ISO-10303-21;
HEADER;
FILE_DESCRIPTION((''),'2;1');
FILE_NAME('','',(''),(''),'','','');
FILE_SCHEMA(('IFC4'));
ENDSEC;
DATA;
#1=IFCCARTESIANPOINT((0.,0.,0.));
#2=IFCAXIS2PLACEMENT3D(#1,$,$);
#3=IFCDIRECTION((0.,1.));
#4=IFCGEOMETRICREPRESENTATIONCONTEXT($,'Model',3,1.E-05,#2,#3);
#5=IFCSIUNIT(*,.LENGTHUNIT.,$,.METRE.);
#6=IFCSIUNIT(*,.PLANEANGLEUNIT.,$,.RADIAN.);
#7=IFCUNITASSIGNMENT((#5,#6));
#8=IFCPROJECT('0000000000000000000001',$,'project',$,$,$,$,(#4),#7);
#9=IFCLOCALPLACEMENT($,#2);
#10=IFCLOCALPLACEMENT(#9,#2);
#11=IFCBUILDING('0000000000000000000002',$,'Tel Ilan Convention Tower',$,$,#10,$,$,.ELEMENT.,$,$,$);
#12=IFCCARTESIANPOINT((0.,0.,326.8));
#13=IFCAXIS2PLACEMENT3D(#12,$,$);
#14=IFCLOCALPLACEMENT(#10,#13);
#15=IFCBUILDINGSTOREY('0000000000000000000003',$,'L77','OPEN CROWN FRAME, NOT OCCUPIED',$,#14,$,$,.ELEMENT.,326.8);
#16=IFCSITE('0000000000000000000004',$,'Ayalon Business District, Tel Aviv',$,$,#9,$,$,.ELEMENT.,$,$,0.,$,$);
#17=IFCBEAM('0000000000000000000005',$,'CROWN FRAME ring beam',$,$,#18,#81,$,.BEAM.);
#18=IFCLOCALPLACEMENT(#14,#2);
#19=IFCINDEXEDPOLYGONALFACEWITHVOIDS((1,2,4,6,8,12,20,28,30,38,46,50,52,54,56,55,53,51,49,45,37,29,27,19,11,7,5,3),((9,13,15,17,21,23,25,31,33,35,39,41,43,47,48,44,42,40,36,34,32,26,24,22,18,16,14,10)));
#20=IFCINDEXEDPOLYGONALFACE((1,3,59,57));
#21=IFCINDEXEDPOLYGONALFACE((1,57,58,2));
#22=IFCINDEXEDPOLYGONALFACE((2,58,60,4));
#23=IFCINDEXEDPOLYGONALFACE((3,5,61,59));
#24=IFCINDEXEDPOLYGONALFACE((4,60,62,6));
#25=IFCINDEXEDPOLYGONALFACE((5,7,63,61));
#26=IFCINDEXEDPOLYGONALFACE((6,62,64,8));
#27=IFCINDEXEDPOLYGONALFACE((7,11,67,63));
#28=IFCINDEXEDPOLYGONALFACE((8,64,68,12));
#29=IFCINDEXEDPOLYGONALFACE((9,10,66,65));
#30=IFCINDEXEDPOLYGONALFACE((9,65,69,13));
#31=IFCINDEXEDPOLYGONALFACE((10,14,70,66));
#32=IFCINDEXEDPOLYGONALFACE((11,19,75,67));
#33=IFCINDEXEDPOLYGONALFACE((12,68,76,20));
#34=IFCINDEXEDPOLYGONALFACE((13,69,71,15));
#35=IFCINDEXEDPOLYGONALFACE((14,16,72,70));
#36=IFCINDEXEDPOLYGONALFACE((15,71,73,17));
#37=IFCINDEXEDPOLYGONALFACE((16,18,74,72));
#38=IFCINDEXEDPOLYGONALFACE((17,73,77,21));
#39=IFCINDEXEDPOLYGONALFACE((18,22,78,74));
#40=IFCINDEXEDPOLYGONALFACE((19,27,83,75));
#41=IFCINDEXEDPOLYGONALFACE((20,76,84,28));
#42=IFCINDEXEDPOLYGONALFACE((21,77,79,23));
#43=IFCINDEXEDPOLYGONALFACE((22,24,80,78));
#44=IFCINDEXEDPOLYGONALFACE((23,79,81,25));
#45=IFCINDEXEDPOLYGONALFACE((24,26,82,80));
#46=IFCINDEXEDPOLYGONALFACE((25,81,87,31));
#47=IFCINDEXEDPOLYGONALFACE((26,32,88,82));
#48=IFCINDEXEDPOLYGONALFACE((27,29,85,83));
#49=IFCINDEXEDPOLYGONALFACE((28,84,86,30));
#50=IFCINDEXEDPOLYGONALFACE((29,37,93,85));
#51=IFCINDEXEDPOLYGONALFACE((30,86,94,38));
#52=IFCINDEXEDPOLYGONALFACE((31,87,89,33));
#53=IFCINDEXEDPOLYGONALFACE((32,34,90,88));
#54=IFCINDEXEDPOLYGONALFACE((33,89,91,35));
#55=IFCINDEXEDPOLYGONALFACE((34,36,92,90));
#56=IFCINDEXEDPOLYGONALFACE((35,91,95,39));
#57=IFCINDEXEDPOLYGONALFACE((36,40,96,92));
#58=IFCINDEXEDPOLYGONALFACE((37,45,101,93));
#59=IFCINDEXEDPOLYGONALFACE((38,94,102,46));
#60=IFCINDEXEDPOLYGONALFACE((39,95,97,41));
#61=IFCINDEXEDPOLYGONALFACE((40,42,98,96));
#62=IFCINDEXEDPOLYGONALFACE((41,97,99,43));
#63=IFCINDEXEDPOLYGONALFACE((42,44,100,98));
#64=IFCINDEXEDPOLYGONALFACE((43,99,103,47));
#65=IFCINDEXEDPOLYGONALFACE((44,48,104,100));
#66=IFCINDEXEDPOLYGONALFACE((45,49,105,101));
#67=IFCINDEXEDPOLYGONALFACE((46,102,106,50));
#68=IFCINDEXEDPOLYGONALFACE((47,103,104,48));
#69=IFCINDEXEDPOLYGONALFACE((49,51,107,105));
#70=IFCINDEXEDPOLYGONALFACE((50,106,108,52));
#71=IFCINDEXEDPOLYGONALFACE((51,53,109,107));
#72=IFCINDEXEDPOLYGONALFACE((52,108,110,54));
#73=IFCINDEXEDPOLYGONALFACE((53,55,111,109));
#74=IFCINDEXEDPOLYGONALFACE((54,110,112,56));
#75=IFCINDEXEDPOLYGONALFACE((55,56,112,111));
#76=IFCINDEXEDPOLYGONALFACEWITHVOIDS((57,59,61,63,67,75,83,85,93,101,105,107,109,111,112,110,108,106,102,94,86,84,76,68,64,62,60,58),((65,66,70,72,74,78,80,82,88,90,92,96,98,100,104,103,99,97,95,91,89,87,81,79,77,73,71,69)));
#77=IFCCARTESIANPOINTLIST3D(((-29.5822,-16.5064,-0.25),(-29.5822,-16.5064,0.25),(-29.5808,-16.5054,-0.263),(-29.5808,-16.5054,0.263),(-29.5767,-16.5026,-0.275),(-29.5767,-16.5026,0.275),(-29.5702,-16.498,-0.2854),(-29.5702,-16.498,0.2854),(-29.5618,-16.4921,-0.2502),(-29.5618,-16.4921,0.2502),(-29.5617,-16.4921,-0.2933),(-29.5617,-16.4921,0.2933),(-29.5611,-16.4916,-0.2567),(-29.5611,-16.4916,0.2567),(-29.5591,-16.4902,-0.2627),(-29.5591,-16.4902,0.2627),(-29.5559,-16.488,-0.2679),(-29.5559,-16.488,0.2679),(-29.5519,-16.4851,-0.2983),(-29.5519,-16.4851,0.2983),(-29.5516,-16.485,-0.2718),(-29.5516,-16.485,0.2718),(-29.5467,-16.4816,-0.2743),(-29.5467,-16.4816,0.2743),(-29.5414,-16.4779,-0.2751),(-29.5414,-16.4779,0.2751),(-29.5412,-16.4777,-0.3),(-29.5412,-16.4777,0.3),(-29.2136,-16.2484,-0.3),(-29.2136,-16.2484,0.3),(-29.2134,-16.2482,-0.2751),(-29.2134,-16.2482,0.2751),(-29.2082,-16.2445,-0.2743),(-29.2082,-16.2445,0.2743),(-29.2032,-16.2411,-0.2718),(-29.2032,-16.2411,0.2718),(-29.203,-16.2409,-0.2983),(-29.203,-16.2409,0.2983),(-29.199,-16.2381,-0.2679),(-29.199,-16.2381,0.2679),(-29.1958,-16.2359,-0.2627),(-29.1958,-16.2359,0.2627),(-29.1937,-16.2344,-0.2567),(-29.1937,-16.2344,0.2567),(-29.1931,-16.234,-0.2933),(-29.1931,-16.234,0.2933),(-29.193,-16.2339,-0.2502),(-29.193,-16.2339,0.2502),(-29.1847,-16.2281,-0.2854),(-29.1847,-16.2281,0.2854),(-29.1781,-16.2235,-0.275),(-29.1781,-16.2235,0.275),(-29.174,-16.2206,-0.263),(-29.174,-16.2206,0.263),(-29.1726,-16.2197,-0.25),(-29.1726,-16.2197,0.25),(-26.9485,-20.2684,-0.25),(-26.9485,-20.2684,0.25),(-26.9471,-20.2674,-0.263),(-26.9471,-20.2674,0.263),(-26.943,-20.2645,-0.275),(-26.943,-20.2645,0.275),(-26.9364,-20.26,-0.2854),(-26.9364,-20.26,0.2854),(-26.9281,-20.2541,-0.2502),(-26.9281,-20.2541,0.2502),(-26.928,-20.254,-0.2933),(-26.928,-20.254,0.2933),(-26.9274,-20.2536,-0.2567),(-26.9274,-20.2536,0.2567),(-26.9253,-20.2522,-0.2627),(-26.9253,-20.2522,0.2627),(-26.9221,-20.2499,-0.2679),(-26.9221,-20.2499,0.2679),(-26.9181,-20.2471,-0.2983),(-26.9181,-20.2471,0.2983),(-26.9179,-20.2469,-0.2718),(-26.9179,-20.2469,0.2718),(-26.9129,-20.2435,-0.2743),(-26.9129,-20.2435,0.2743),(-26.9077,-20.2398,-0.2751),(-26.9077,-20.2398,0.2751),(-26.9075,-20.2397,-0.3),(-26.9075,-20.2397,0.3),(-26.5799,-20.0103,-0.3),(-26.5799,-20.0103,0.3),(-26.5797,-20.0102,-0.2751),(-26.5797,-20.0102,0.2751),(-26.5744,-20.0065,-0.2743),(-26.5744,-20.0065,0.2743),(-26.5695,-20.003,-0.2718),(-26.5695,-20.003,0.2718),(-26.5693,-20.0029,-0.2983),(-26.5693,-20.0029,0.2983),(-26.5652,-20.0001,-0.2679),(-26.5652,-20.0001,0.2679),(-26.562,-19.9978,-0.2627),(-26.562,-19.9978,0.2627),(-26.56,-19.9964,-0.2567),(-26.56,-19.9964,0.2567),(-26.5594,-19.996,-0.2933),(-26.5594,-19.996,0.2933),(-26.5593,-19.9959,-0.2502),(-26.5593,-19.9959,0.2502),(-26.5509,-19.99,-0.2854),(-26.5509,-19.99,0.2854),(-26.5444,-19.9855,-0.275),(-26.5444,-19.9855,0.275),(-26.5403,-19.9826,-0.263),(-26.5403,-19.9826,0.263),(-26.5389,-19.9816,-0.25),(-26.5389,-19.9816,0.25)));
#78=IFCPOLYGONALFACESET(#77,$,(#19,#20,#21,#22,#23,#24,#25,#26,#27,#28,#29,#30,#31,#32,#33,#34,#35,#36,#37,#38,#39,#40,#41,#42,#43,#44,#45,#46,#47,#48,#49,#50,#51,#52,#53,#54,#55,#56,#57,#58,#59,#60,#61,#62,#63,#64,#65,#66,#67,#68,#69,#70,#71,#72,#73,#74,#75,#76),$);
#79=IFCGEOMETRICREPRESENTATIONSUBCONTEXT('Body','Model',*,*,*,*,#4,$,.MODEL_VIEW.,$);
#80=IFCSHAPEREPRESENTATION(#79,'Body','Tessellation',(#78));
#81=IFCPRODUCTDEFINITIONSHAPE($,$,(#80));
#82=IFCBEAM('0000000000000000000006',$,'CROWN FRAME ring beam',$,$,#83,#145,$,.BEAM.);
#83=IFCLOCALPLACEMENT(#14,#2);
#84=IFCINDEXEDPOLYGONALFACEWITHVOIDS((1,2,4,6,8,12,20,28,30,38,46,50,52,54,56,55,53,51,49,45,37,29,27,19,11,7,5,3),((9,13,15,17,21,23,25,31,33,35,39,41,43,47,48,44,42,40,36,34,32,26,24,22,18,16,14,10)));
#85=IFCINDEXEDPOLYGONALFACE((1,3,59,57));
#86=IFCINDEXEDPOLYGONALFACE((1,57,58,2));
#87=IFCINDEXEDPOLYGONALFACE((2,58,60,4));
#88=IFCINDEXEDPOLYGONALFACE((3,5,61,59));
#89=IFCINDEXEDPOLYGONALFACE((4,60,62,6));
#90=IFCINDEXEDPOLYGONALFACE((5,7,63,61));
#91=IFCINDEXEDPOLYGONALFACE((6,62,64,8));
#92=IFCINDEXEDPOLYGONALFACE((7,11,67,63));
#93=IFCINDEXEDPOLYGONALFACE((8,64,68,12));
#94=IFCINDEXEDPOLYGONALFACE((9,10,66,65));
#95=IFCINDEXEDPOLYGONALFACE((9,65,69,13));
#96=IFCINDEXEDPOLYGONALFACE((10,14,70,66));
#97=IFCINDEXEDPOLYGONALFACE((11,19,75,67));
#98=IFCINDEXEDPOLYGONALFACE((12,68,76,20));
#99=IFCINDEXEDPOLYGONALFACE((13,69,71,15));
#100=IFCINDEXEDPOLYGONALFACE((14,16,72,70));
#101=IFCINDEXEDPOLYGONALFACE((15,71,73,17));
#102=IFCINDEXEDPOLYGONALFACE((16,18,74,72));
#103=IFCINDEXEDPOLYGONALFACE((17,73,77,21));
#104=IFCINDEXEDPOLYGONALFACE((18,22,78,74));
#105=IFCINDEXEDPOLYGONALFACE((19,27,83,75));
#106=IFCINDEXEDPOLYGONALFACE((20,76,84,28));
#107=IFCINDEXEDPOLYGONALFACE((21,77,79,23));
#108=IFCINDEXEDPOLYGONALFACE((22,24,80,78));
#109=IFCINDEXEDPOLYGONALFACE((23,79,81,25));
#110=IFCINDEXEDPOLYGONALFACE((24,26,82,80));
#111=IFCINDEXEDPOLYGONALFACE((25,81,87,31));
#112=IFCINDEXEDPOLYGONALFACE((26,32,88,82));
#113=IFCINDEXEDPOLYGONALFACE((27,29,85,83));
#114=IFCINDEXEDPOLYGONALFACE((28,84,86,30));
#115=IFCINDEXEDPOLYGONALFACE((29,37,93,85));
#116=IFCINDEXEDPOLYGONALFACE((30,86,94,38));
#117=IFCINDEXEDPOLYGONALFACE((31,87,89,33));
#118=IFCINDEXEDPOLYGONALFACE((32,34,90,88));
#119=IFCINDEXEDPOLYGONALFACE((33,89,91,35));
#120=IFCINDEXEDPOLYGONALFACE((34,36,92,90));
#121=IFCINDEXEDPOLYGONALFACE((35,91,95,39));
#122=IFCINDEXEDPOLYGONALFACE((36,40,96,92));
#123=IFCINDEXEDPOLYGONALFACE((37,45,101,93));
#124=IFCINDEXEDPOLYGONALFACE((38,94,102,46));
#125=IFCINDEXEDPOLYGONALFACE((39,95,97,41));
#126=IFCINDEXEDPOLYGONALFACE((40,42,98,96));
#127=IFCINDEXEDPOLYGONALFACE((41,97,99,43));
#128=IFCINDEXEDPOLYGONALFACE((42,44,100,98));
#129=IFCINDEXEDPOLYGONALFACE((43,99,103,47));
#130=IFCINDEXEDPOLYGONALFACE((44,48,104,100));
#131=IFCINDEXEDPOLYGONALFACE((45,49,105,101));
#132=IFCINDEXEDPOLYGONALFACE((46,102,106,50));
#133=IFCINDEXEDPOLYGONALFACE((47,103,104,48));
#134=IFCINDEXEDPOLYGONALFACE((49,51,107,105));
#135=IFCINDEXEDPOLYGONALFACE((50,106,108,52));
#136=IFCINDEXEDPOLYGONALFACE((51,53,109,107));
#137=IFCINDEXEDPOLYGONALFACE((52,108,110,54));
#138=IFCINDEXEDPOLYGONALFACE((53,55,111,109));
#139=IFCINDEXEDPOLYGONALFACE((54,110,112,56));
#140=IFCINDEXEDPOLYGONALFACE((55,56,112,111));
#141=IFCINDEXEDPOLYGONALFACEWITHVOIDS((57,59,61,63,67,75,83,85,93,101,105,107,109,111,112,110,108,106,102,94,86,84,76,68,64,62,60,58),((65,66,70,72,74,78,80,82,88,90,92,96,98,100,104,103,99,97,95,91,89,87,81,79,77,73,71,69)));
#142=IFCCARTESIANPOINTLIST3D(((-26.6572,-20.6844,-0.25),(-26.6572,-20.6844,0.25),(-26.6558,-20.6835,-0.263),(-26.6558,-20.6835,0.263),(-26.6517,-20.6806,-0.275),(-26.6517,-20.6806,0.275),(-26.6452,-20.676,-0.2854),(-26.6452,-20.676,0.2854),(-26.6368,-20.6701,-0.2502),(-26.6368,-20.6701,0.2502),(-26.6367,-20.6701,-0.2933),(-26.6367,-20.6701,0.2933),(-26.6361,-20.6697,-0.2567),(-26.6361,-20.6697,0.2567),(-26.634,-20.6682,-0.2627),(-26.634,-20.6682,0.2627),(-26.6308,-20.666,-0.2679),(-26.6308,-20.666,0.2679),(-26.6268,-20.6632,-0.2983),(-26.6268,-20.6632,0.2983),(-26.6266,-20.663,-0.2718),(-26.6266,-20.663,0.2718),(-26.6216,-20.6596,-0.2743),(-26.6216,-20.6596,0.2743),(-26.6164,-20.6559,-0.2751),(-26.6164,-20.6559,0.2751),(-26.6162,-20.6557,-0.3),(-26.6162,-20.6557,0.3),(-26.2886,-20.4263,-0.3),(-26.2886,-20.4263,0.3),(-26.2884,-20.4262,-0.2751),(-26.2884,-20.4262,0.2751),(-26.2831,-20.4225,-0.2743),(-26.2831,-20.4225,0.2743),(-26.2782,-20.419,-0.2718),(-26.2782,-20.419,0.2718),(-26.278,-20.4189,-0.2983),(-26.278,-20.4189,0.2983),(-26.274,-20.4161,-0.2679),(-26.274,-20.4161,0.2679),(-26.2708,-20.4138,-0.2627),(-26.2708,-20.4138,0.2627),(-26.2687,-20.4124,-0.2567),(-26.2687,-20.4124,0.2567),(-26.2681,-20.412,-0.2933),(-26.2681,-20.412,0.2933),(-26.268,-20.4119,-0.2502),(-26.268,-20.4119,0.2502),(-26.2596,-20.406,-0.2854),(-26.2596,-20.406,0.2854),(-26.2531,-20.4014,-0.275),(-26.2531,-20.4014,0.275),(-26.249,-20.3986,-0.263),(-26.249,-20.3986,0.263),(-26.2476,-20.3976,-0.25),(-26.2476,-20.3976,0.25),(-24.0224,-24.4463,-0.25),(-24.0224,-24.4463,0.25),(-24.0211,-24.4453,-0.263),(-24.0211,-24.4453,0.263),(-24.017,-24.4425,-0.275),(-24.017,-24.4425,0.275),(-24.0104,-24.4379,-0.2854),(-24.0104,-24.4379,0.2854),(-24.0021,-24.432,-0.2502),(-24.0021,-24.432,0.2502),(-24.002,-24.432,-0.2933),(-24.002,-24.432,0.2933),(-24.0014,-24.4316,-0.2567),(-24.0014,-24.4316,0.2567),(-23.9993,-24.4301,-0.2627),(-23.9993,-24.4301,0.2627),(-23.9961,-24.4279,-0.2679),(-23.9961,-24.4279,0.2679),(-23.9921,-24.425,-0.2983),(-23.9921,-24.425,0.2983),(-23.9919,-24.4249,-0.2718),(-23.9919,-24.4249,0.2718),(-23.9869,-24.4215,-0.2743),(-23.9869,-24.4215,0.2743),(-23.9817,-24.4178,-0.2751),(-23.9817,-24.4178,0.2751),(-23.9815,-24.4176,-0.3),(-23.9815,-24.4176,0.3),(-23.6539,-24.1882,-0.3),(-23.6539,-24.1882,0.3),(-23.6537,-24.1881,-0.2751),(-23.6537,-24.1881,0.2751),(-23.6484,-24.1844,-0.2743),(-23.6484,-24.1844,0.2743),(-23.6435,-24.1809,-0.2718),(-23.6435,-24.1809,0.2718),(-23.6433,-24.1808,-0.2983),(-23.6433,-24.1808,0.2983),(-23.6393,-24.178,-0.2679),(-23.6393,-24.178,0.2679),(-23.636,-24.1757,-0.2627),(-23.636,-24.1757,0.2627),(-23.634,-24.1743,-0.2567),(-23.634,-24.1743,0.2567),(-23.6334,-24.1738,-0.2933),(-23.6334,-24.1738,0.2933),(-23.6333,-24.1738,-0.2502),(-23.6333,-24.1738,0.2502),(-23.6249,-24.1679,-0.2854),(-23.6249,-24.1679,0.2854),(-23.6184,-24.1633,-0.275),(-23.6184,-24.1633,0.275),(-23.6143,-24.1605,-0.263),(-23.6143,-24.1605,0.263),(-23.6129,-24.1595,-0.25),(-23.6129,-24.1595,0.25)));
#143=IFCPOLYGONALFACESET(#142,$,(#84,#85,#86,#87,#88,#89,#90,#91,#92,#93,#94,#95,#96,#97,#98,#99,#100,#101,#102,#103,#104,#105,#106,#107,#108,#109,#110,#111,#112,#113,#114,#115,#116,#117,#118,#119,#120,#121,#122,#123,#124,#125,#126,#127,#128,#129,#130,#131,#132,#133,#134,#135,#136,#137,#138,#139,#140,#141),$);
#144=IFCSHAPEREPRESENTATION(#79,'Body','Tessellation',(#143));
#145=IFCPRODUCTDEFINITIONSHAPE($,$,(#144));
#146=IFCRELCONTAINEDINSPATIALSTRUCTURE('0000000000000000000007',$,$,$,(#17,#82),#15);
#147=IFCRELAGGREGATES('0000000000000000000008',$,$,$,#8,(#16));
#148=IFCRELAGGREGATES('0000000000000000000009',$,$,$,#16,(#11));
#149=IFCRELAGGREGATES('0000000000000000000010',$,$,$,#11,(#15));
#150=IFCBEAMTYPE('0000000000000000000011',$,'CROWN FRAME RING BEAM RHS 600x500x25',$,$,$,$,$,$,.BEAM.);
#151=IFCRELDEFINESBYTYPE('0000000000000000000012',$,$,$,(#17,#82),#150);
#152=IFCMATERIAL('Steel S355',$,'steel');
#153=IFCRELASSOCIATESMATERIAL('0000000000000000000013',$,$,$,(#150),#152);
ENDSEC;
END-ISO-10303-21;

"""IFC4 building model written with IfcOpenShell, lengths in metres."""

from ifc_helpers import new_model, si_unit, direction, frame, origin, origin_2d, place, context, subcontext, project, spatial, hollow_rectangle, extrude, material, material_profile, profile_set, type_object, element, save


model = new_model("IFC4")

# Units and contexts
model_context = context("Model", 3, precision=1e-05, world=origin(), true_north=direction((0.0, 1.0)))
body_context = subcontext(model_context, "Body", "Model", "MODEL_VIEW")
ifc_project = project(units=[si_unit("LENGTHUNIT", "METRE"), si_unit("PLANEANGLEUNIT", "RADIAN")], contexts=[model_context])

# Site, building, storey
site_placement = place(None, origin())
site = spatial("IfcSite", under=ifc_project, at=site_placement, Name="Ayalon Business District, Tel Aviv", CompositionType="ELEMENT", RefElevation=0.0)
building_placement = place(site_placement, origin())
building = spatial("IfcBuilding", under=site, at=building_placement, Name="Tel Ilan Convention Tower", CompositionType="ELEMENT")
storey_placement = place(building_placement, frame((0.0, 0.0, 326.8)))
storey = spatial("IfcBuildingStorey", under=building, at=storey_placement, Name="L77", Description="OPEN CROWN FRAME, NOT OCCUPIED", CompositionType="ELEMENT", Elevation=326.8)

# Beams
ifc_material_1 = material(Name="Steel S355", Category="steel")
ifc_material_profile_1 = material_profile(ifc_material_1, hollow_rectangle(XDim=0.5, YDim=0.6001, WallThickness=0.0249, InnerFilletRadius=0.0249, OuterFilletRadius=0.05, at=origin_2d()), Name="RHS 600x500x25")
ifc_profile_set_1 = profile_set([ifc_material_profile_1], Name="Steel S355")
beam_type = type_object("IfcBeamType", Name="CROWN FRAME RING BEAM RHS 600x500x25", PredefinedType="BEAM", material=ifc_profile_set_1)
beam_1_placement = place(storey_placement, frame((-29.3774, -16.363, 0.0), z_axis=(0.573523, -0.819189, 0.0), x_axis=(0.819189, 0.573523, 0.0)))
element("IfcBeam", 1, at=beam_1_placement, inside=storey, type_object=beam_type, Name="CROWN FRAME ring beam", PredefinedType="BEAM", context=body_context, shape_type="SweptSolid", body=[
    extrude(hollow_rectangle(XDim=0.5, YDim=0.6001, WallThickness=0.0249, InnerFilletRadius=0.0249, OuterFilletRadius=0.05, at=origin_2d()), origin(), (0.0, 0.0, 1.0), 4.5923),
])
beam_2_placement = place(storey_placement, frame((-26.4524, -20.541, 0.0), z_axis=(0.573666, -0.81909, 0.0), x_axis=(0.81909, 0.573666, 0.0)))
element("IfcBeam", 2, at=beam_2_placement, inside=storey, type_object=beam_type, Name="CROWN FRAME ring beam", PredefinedType="BEAM", context=body_context, shape_type="SweptSolid", body=[
    extrude(hollow_rectangle(XDim=0.5, YDim=0.6001, WallThickness=0.0249, InnerFilletRadius=0.0249, OuterFilletRadius=0.05, at=origin_2d()), origin(), (0.0, 0.0, 1.0), 4.5928),
])

save(model, "model.ifc")
